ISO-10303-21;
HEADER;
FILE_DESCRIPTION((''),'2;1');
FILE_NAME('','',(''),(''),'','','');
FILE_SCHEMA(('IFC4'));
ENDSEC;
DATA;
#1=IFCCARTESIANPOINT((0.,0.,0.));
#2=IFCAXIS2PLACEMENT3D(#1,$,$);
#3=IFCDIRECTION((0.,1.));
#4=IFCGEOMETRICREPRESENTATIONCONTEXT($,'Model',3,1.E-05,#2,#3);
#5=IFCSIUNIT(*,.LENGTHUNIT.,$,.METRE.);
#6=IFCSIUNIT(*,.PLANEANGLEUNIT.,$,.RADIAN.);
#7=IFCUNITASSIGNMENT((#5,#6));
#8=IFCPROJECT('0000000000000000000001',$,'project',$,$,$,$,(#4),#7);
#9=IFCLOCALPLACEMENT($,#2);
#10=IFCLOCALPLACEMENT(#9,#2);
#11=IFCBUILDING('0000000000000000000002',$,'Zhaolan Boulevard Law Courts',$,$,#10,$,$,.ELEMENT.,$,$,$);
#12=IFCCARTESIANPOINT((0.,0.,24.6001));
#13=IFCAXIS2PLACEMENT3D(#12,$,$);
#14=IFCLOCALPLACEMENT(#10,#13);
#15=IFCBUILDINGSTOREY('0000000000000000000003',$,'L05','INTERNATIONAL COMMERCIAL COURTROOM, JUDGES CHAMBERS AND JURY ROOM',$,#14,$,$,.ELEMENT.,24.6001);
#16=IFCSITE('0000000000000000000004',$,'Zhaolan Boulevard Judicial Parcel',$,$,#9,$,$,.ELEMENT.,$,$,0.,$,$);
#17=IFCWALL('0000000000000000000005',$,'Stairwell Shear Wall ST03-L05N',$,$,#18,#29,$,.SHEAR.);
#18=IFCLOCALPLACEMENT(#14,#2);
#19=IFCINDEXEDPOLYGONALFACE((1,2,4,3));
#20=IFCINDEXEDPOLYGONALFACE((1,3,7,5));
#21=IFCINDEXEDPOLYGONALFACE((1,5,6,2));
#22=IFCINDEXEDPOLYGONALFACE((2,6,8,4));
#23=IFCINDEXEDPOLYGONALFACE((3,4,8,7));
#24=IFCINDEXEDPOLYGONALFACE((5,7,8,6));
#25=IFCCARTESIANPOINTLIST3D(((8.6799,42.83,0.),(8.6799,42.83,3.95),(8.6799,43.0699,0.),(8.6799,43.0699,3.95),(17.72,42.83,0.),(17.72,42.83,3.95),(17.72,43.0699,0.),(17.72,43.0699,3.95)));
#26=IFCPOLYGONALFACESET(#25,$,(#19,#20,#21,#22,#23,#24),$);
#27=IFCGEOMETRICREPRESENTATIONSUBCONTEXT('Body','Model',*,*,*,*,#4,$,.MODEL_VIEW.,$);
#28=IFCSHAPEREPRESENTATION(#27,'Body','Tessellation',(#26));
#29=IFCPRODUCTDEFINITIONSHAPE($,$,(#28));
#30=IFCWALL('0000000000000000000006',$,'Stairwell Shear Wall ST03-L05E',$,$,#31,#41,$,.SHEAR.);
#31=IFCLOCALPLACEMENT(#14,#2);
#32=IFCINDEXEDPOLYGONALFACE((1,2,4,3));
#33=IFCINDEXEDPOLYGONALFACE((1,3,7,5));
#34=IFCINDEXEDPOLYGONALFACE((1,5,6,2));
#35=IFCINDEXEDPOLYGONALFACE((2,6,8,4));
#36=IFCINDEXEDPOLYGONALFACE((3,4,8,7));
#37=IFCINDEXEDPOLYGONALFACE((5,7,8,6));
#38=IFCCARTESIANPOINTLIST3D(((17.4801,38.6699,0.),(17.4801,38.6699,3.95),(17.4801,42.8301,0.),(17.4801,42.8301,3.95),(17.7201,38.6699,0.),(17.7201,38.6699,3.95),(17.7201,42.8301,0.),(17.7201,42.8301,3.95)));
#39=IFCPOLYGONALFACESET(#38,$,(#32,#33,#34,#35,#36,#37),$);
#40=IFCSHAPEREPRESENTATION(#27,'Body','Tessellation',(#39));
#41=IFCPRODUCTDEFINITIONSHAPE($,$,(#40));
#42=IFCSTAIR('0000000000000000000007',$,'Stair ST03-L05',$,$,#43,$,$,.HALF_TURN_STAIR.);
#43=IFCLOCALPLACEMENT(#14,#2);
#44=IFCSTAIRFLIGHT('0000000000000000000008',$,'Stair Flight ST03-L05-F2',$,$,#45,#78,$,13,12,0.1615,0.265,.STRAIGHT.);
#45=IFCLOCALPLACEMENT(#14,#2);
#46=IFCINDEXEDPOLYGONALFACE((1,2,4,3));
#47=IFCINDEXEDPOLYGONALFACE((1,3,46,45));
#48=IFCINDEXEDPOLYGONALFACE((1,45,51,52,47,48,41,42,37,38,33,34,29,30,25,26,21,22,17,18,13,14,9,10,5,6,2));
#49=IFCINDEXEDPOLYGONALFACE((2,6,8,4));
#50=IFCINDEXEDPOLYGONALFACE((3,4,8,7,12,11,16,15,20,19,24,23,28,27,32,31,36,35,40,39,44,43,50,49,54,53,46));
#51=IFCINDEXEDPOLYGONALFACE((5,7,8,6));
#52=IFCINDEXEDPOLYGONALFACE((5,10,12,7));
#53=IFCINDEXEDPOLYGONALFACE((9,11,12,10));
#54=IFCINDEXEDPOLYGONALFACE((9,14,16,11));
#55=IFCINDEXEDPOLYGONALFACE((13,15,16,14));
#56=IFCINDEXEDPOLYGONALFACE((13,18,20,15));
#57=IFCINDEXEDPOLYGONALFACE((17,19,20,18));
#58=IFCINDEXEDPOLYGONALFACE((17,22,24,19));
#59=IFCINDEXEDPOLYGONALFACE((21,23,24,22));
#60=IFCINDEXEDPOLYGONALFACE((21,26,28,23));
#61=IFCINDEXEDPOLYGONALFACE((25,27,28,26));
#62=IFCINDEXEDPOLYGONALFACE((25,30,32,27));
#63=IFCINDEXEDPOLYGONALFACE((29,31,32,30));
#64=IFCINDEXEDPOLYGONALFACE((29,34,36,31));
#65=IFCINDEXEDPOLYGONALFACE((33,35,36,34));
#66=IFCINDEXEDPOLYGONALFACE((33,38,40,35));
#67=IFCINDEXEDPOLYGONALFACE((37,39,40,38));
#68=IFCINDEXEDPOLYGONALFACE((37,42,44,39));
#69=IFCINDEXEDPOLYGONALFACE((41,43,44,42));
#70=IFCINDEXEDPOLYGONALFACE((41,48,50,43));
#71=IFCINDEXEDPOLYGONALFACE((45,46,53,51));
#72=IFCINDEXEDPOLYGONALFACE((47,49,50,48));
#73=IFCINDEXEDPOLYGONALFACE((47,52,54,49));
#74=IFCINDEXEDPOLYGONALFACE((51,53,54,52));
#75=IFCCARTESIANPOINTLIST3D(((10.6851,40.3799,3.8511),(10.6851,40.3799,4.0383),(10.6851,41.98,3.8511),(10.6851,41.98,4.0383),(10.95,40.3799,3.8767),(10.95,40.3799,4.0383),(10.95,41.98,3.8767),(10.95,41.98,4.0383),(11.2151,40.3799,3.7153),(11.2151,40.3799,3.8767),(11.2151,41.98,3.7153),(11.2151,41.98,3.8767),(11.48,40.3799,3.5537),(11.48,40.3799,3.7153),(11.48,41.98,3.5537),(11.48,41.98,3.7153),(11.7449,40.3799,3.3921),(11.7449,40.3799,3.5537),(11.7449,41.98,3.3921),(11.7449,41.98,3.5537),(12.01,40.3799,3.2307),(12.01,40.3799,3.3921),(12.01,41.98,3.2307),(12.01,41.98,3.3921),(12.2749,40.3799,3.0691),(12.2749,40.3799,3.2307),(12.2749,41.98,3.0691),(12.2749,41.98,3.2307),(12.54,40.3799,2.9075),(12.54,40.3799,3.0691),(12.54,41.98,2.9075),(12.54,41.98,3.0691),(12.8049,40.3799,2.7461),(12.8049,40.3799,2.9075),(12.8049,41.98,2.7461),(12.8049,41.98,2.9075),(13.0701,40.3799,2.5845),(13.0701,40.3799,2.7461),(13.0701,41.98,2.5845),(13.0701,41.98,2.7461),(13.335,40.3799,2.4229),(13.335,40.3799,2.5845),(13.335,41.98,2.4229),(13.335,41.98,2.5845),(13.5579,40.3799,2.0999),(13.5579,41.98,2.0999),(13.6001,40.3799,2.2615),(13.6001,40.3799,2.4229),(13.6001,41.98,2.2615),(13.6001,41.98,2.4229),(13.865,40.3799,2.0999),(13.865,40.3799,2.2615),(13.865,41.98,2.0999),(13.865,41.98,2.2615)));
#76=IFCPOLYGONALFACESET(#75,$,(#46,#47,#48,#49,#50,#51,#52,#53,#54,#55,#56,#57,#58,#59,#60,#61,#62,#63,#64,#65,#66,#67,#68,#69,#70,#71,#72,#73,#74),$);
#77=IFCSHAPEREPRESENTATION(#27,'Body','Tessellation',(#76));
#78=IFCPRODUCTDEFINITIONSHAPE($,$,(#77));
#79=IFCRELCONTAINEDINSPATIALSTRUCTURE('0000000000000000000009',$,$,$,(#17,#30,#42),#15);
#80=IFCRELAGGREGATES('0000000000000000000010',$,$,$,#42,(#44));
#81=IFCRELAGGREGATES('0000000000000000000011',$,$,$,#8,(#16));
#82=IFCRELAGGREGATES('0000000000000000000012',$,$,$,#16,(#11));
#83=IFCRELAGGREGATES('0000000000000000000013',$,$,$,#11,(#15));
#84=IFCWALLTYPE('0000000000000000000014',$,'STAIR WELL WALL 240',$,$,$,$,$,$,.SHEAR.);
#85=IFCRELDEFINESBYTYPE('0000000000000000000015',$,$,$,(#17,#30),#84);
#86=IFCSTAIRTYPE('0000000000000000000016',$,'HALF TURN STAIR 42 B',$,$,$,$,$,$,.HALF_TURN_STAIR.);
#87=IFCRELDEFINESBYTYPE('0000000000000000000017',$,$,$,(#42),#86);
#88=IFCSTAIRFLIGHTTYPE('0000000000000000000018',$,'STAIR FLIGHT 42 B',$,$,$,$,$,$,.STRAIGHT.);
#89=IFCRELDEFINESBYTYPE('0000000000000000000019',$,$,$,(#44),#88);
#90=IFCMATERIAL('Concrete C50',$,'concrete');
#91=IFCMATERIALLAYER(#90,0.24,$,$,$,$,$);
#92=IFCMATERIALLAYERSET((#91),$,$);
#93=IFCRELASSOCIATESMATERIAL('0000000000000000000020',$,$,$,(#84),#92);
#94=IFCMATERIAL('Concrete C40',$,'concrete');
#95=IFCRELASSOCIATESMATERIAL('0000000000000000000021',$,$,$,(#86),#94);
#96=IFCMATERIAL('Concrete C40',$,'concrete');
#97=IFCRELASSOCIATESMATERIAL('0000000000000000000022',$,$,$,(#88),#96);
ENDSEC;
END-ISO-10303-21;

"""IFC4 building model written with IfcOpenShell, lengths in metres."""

from ifc_helpers import new_model, si_unit, direction, frame, frame_2d, origin, place, context, subcontext, project, spatial, polyline, rectangle, outline, extrude, material, layer, layer_set, type_object, element, aggregate, save


model = new_model("IFC4")

# Units and contexts
model_context = context("Model", 3, precision=1e-05, world=origin(), true_north=direction((0.0, 1.0)))
body_context = subcontext(model_context, "Body", "Model", "MODEL_VIEW")
ifc_project = project(units=[si_unit("LENGTHUNIT", "METRE"), si_unit("PLANEANGLEUNIT", "RADIAN")], contexts=[model_context])

# Site, building, storey
site_placement = place(None, origin())
site = spatial("IfcSite", under=ifc_project, at=site_placement, Name="Zhaolan Boulevard Judicial Parcel", CompositionType="ELEMENT", RefElevation=0.0)
building_placement = place(site_placement, origin())
building = spatial("IfcBuilding", under=site, at=building_placement, Name="Zhaolan Boulevard Law Courts", CompositionType="ELEMENT")
storey_placement = place(building_placement, frame((0.0, 0.0, 24.6001)))
storey = spatial("IfcBuildingStorey", under=building, at=storey_placement, Name="L05", Description="INTERNATIONAL COMMERCIAL COURTROOM, JUDGES CHAMBERS AND JURY ROOM", CompositionType="ELEMENT", Elevation=24.6001)

# Walls
ifc_material_1 = material(Name="Concrete C50", Category="concrete")
ifc_layer_1 = layer(ifc_material_1, 0.24)
ifc_layer_set_1 = layer_set([ifc_layer_1])
wall_type_1 = type_object("IfcWallType", Name="STAIR WELL WALL 240", PredefinedType="SHEAR", material=ifc_layer_set_1)
wall_1_placement = place(storey_placement, frame((17.72, 42.95, 0.0), z_axis=(0.0, 0.0, 1.0), x_axis=(-1.0, 0.0, 0.0)))
element("IfcWall", 1, at=wall_1_placement, inside=storey, type_object=wall_type_1, Name="Stairwell Shear Wall ST03-L05N", PredefinedType="SHEAR", context=body_context, shape_type="SweptSolid", body=[
    extrude(rectangle(XDim=9.04, YDim=0.24, at=frame_2d((4.52, 0.0))), origin(), (0.0, 0.0, 1.0), 3.95),
])
wall_2_placement = place(storey_placement, frame((17.6001, 38.6699, 0.0), z_axis=(0.0, 0.0, 1.0), x_axis=(0.0, 1.0, 0.0)))
element("IfcWall", 2, at=wall_2_placement, inside=storey, type_object=wall_type_1, Name="Stairwell Shear Wall ST03-L05E", PredefinedType="SHEAR", context=body_context, shape_type="SweptSolid", body=[
    extrude(rectangle(XDim=4.1602, YDim=0.24, at=frame_2d((2.0801, 0.0))), origin(), (0.0, 0.0, 1.0), 3.95),
])

# Stair, stair flight
ifc_material_2 = material(Name="Concrete C40", Category="concrete")
stair_type = type_object("IfcStairType", Name="HALF TURN STAIR 42 B", PredefinedType="HALF_TURN_STAIR", material=ifc_material_2)
stair_placement = place(storey_placement, origin())
stair = element("IfcStair", 3, at=stair_placement, inside=storey, type_object=stair_type, Name="Stair ST03-L05", PredefinedType="HALF_TURN_STAIR")
ifc_material_3 = material(Name="Concrete C40", Category="concrete")
stair_flight_type = type_object("IfcStairFlightType", Name="STAIR FLIGHT 42 B", PredefinedType="STRAIGHT", material=ifc_material_3)
stair_flight_placement = place(storey_placement, frame((13.865, 41.1799, 2.0999), z_axis=(0.0, 0.0, 1.0), x_axis=(-1.0, 0.0, 0.0)))
stair_flight = element("IfcStairFlight", 4, at=stair_flight_placement, type_object=stair_flight_type, Name="Stair Flight ST03-L05-F2", NumberOfRisers=13, NumberOfTreads=12, PredefinedType="STRAIGHT", RiserHeight=0.1615, TreadLength=0.265, context=body_context, shape_type="SweptSolid", body=[
    extrude(outline(polyline([(0.0, 0.0), (0.0, 0.1616), (0.2649, 0.1616), (0.2649, 0.323), (0.53, 0.323), (0.53, 0.4846), (0.7949, 0.4846), (0.7949, 0.6462), (1.0601, 0.6462), (1.0601, 0.8076), (1.325, 0.8076), (1.325, 0.9692), (1.5901, 0.9692), (1.5901, 1.1309), (1.855, 1.1309), (1.855, 1.2922), (2.1201, 1.2922), (2.1201, 1.4539), (2.385, 1.4539), (2.385, 1.6155), (2.6499, 1.6155), (2.6499, 1.7769), (2.915, 1.7769), (2.915, 1.9385), (3.1799, 1.9385), (3.1799, 2.1001), (3.1799, 1.7512), (0.3071, 0.0), (0.0, 0.0)])), frame((0.0, 0.8, 0.0), z_axis=(0.0, -1.0, 0.0), x_axis=(1.0, 0.0, 0.0)), (0.0, 0.0, 1.0), 1.6001),
])
aggregate(stair, [stair_flight])

save(model, "model.ifc")
